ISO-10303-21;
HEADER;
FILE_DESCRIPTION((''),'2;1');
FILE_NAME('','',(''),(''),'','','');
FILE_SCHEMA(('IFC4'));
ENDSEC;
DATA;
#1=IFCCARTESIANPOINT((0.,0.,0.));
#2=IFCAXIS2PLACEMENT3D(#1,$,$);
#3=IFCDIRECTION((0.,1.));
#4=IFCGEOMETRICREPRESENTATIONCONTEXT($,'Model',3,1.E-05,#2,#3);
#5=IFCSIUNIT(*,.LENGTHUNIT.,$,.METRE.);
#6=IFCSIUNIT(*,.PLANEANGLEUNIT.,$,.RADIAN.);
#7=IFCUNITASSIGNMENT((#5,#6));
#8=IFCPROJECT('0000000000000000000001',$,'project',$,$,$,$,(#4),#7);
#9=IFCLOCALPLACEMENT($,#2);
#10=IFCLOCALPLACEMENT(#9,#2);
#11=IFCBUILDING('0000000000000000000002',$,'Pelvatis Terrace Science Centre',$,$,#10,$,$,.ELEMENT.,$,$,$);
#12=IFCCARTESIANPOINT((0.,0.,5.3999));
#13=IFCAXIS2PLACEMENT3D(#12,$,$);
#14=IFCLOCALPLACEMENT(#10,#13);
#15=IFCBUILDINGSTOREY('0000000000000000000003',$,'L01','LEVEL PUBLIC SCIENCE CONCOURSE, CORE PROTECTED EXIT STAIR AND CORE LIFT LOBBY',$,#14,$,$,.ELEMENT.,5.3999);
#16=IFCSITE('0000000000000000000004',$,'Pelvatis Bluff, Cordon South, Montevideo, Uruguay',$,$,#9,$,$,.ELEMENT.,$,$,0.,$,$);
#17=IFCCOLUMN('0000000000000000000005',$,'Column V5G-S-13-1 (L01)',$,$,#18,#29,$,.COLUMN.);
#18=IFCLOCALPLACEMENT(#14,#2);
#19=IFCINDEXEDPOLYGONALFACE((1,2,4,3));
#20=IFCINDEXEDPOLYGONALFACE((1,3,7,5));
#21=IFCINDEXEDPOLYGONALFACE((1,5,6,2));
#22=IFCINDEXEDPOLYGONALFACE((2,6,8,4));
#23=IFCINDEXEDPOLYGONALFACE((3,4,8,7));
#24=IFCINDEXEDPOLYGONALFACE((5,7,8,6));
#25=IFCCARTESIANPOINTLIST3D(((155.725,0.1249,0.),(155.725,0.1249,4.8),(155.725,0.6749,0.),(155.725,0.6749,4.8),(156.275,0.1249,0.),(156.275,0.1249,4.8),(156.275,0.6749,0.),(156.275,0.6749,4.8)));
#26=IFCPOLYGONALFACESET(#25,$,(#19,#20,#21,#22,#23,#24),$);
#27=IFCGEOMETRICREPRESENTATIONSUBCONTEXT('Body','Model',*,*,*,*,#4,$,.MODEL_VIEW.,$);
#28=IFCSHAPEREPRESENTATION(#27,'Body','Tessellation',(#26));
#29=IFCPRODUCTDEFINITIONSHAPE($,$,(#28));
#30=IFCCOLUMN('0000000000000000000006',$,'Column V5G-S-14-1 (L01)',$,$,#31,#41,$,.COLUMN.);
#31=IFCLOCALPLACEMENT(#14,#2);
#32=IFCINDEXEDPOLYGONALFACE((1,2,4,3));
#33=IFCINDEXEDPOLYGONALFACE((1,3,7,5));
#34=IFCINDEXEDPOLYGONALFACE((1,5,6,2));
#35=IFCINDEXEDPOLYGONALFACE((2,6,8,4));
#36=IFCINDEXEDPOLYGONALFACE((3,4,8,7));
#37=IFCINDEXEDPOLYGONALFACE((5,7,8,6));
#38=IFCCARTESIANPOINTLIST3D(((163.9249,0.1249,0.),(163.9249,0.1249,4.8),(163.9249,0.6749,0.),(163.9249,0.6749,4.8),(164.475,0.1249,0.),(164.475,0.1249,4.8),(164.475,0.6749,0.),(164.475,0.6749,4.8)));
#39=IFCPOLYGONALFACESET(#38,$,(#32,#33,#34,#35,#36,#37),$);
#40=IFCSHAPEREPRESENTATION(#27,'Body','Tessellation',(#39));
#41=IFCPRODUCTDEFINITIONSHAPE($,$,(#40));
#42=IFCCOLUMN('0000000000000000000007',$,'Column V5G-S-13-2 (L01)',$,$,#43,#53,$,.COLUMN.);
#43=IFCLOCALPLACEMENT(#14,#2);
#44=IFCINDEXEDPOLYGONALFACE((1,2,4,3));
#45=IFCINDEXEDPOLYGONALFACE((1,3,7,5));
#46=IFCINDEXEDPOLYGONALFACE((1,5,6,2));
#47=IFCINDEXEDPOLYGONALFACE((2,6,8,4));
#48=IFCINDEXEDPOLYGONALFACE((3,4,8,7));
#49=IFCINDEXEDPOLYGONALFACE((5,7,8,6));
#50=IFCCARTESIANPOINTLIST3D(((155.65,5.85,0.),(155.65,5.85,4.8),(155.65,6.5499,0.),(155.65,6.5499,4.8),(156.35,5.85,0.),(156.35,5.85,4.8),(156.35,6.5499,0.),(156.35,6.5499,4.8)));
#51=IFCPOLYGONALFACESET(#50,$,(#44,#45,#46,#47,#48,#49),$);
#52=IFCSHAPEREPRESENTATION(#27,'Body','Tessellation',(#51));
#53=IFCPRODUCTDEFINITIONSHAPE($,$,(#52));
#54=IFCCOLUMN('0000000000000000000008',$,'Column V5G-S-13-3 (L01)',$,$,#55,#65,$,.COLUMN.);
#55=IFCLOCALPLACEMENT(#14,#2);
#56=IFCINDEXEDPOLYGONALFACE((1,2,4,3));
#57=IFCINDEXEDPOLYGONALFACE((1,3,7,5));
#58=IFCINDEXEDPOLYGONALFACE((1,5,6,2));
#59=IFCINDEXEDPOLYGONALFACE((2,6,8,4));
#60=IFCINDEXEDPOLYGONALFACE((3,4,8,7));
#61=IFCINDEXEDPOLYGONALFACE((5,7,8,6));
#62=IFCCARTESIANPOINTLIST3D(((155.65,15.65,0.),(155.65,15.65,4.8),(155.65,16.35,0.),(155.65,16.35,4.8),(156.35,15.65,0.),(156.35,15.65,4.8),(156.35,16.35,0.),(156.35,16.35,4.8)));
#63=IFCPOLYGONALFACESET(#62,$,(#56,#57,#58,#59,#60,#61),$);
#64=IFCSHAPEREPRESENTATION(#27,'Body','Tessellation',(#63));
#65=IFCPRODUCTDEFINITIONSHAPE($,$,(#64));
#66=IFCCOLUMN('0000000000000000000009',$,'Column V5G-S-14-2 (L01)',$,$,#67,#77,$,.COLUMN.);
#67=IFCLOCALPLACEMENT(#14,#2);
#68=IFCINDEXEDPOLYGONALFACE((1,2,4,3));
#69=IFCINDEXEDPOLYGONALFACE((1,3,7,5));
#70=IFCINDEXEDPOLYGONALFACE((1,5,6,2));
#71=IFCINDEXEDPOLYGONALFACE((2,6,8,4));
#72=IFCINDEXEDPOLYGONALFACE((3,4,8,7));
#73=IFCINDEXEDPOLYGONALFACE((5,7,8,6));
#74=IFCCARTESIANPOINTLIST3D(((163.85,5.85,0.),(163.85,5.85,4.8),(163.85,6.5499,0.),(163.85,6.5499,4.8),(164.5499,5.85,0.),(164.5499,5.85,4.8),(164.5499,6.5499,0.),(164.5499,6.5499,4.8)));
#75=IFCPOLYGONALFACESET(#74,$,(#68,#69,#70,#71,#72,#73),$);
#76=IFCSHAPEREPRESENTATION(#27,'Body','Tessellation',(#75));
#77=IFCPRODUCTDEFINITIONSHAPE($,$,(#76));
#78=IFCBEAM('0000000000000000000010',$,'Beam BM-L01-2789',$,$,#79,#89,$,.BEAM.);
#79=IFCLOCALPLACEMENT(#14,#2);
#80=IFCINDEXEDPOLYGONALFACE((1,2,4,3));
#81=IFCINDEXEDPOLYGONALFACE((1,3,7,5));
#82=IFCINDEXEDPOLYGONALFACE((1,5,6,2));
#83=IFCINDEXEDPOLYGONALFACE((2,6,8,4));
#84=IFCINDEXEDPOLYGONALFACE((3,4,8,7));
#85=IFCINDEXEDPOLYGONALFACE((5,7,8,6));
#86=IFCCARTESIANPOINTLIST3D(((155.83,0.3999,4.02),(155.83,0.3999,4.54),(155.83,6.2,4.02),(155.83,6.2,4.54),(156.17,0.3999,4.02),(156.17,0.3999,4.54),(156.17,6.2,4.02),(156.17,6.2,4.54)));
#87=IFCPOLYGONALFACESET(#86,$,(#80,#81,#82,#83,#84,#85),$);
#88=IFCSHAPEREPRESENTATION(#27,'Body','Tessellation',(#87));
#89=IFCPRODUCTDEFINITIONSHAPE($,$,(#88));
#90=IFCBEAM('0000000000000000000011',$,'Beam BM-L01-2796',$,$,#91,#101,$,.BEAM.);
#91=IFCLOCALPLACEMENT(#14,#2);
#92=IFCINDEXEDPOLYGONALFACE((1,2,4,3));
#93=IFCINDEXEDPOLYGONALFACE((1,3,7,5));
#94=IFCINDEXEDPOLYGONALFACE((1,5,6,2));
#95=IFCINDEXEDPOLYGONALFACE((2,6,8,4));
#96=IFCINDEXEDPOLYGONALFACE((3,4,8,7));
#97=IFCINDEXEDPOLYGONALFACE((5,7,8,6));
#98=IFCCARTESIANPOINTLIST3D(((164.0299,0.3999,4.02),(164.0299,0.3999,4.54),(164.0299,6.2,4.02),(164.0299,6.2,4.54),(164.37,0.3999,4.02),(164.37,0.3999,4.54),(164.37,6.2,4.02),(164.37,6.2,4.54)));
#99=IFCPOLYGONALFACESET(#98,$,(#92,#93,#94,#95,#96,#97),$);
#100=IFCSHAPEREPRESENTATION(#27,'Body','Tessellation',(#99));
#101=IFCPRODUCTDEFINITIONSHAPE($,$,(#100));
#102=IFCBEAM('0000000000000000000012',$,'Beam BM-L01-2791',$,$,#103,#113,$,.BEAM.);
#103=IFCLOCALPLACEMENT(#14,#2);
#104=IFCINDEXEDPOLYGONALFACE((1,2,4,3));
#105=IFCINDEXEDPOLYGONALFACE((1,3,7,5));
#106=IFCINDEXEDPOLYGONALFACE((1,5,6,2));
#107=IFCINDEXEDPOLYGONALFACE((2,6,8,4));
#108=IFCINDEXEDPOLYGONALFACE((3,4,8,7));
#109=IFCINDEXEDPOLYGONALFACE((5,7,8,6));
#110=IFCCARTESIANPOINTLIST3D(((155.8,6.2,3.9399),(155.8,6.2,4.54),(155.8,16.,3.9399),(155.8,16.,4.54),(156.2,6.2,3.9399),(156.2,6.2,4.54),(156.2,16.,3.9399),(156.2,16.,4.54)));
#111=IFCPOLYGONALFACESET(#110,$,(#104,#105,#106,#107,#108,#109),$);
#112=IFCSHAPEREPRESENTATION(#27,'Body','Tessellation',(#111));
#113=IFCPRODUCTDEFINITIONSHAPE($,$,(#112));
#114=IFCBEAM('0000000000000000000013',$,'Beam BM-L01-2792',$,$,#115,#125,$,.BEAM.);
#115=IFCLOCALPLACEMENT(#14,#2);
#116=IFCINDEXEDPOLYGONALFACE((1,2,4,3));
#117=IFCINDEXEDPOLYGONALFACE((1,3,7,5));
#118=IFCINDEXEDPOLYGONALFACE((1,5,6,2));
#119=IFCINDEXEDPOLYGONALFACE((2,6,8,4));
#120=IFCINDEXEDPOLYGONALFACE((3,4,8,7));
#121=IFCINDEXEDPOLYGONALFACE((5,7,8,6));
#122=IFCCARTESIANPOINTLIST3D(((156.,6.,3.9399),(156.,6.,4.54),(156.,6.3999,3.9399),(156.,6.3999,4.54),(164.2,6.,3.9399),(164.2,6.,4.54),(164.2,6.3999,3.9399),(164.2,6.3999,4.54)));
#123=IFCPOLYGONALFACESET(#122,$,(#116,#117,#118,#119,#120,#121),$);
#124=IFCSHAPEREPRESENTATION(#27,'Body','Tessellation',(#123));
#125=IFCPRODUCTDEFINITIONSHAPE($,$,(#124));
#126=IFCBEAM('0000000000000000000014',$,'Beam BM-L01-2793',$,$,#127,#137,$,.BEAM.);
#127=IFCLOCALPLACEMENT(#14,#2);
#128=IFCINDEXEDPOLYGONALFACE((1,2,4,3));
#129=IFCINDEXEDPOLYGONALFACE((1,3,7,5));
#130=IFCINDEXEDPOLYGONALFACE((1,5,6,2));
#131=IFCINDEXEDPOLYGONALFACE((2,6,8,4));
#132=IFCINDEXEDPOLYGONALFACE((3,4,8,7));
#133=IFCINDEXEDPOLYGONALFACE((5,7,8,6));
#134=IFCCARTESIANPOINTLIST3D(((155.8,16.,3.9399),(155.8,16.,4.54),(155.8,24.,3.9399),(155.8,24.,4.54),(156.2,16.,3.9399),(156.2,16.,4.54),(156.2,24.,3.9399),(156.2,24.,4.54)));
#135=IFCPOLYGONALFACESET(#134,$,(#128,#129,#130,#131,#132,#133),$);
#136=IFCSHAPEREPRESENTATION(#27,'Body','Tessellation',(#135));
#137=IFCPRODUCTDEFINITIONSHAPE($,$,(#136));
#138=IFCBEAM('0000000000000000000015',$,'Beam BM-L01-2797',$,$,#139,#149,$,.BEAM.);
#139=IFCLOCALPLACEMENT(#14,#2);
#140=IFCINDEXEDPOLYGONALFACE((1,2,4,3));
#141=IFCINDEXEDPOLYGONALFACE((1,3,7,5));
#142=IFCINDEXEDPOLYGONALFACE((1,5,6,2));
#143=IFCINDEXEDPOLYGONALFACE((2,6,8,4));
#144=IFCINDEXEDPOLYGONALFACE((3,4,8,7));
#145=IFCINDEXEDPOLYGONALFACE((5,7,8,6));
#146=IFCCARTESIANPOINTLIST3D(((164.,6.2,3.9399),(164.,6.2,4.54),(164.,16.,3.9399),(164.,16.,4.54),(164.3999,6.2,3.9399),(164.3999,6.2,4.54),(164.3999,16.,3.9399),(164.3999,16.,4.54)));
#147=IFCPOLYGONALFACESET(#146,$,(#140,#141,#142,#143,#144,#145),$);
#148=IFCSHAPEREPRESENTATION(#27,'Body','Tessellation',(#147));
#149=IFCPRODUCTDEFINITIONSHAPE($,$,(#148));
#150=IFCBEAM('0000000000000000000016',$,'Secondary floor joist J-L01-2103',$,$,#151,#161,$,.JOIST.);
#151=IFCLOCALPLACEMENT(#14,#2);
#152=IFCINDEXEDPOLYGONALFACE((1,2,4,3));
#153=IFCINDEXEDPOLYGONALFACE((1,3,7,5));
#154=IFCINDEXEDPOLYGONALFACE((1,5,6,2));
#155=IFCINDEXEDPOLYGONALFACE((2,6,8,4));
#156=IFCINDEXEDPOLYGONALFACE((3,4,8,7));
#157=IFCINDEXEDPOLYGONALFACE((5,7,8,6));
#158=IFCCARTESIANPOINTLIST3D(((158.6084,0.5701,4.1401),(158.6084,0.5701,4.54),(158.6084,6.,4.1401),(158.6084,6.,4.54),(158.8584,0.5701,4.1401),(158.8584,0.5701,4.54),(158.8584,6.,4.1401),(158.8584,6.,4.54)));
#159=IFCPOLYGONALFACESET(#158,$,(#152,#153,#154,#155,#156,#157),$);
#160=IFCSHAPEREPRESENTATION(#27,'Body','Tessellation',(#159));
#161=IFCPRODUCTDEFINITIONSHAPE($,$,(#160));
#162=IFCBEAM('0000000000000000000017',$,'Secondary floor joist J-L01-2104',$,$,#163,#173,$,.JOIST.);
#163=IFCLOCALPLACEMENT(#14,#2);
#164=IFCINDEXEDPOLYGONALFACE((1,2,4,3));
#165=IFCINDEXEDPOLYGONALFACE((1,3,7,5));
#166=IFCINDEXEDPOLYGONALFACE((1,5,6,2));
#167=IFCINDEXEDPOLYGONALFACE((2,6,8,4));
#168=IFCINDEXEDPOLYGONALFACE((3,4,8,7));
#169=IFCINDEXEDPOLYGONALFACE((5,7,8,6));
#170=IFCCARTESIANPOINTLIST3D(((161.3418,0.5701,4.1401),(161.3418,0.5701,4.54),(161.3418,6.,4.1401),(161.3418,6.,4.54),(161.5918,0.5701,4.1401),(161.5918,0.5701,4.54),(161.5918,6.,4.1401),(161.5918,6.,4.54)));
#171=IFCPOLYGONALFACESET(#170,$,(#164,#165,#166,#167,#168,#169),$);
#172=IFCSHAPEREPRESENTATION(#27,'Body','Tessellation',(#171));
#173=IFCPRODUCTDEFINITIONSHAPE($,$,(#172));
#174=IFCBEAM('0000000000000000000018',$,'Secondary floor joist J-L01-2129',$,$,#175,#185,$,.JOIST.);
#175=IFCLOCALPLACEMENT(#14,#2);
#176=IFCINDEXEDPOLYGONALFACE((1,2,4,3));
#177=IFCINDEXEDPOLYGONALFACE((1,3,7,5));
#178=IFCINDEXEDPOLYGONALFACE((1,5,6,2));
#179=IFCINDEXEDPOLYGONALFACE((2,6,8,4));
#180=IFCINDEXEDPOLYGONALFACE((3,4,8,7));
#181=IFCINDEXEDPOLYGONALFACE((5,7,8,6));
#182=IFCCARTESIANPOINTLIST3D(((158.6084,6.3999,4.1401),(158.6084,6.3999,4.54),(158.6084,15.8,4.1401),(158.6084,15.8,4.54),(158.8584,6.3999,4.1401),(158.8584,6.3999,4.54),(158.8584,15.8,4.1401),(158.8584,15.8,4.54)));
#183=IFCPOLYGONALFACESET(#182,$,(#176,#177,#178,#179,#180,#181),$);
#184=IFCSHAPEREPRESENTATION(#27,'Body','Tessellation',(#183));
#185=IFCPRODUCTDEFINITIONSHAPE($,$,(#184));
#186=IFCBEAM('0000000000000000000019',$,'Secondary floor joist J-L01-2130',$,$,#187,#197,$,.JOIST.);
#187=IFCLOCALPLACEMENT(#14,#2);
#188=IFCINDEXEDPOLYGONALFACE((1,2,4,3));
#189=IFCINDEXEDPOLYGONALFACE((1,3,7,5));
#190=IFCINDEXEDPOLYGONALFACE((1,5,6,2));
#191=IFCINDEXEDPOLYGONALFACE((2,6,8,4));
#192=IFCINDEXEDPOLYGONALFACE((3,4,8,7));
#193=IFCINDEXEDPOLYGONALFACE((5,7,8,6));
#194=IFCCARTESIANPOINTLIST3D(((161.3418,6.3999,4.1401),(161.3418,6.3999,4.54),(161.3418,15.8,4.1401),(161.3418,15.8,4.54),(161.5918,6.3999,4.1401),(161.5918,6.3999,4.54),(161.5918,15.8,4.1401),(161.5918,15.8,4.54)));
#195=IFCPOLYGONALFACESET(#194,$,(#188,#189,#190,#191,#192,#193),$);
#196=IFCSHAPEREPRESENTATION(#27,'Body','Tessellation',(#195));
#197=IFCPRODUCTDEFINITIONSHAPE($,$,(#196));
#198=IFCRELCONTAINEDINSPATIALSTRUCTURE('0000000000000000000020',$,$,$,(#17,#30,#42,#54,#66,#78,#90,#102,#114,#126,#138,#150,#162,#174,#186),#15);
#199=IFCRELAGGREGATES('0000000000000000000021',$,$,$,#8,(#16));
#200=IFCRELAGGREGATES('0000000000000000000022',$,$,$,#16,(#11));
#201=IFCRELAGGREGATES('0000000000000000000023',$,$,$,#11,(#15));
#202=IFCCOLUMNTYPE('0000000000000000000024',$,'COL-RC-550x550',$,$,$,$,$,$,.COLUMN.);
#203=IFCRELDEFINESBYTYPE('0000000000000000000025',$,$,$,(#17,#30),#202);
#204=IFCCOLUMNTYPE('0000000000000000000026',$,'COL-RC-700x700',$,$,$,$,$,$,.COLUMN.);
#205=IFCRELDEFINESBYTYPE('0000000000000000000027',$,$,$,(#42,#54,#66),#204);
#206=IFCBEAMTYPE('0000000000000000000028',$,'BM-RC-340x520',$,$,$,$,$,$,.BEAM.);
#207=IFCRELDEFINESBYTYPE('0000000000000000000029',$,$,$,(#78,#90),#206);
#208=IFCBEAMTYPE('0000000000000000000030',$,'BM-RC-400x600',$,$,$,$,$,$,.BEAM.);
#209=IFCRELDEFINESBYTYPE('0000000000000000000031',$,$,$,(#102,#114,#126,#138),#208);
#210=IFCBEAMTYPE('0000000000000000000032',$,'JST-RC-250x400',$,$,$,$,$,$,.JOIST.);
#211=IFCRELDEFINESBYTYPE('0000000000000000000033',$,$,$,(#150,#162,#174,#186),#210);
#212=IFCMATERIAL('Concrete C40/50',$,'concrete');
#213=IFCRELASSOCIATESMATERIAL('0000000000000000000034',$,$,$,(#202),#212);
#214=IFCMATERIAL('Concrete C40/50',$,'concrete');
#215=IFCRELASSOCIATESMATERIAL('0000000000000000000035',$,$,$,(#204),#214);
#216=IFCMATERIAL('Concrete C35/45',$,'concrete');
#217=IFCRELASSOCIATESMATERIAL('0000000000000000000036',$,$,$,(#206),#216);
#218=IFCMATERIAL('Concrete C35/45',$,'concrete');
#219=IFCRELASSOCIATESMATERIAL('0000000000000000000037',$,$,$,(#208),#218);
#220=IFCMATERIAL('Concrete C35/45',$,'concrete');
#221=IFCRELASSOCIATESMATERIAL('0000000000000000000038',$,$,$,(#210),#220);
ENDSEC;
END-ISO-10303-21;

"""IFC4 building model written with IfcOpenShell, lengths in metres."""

from ifc_helpers import new_model, si_unit, direction, frame, origin, origin_2d, place, context, subcontext, project, spatial, rectangle, extrude, material, material_profile, profile_set, type_object, element, save


model = new_model("IFC4")

# Units and contexts
model_context = context("Model", 3, precision=1e-05, world=origin(), true_north=direction((0.0, 1.0)))
body_context = subcontext(model_context, "Body", "Model", "MODEL_VIEW")
ifc_project = project(units=[si_unit("LENGTHUNIT", "METRE"), si_unit("PLANEANGLEUNIT", "RADIAN")], contexts=[model_context])

# Site, building, storey
site_placement = place(None, origin())
site = spatial("IfcSite", under=ifc_project, at=site_placement, Name="Pelvatis Bluff, Cordon South, Montevideo, Uruguay", CompositionType="ELEMENT", RefElevation=0.0)
building_placement = place(site_placement, origin())
building = spatial("IfcBuilding", under=site, at=building_placement, Name="Pelvatis Terrace Science Centre", CompositionType="ELEMENT")
storey_placement = place(building_placement, frame((0.0, 0.0, 5.3999)))
storey = spatial("IfcBuildingStorey", under=building, at=storey_placement, Name="L01", Description="LEVEL PUBLIC SCIENCE CONCOURSE, CORE PROTECTED EXIT STAIR AND CORE LIFT LOBBY", CompositionType="ELEMENT", Elevation=5.3999)

# Columns
ifc_material_1 = material(Name="Concrete C40/50", Category="concrete")
ifc_material_profile_1 = material_profile(ifc_material_1, rectangle(XDim=0.55, YDim=0.55, at=origin_2d()), Name="RC-COL 550x550")
ifc_profile_set_1 = profile_set([ifc_material_profile_1], Name="Concrete C40/50")
column_type_1 = type_object("IfcColumnType", Name="COL-RC-550x550", PredefinedType="COLUMN", material=ifc_profile_set_1)
for number, where, z_axis, x_axis, name in (
    (1, (156.0, 0.3999, 0.0), (0.0, 0.0, 1.0), (1.0, 0.0, 0.0), "Column V5G-S-13-1 (L01)"),
    (2, (164.2, 0.3999, 0.0), (0.0, 0.0, 1.0), (1.0, 0.0, 0.0), "Column V5G-S-14-1 (L01)"),
):
    element("IfcColumn", number, at=place(storey_placement, frame(where, z_axis=z_axis, x_axis=x_axis)), inside=storey, type_object=column_type_1, Name=name, PredefinedType="COLUMN", context=body_context, shape_type="SweptSolid", body=[
        extrude(rectangle(XDim=0.55, YDim=0.55, at=origin_2d()), origin(), (0.0, 0.0, 1.0), 4.8),
    ])
ifc_material_2 = material(Name="Concrete C40/50", Category="concrete")
ifc_material_profile_2 = material_profile(ifc_material_2, rectangle(XDim=0.7, YDim=0.7, at=origin_2d()), Name="RC-COL 700x700")
ifc_profile_set_2 = profile_set([ifc_material_profile_2], Name="Concrete C40/50")
column_type_2 = type_object("IfcColumnType", Name="COL-RC-700x700", PredefinedType="COLUMN", material=ifc_profile_set_2)
for number, where, z_axis, x_axis, name in (
    (3, (156.0, 6.2, 0.0), (0.0, 0.0, 1.0), (1.0, 0.0, 0.0), "Column V5G-S-13-2 (L01)"),
    (4, (156.0, 16.0, 0.0), (0.0, 0.0, 1.0), (1.0, 0.0, 0.0), "Column V5G-S-13-3 (L01)"),
    (5, (164.2, 6.2, 0.0), (0.0, 0.0, 1.0), (1.0, 0.0, 0.0), "Column V5G-S-14-2 (L01)"),
):
    element("IfcColumn", number, at=place(storey_placement, frame(where, z_axis=z_axis, x_axis=x_axis)), inside=storey, type_object=column_type_2, Name=name, PredefinedType="COLUMN", context=body_context, shape_type="SweptSolid", body=[
        extrude(rectangle(XDim=0.7, YDim=0.7, at=origin_2d()), origin(), (0.0, 0.0, 1.0), 4.8),
    ])

# Beams
ifc_material_3 = material(Name="Concrete C35/45", Category="concrete")
ifc_material_profile_3 = material_profile(ifc_material_3, rectangle(XDim=0.3401, YDim=0.52, at=origin_2d()), Name="RC-BM 340x520")
ifc_profile_set_3 = profile_set([ifc_material_profile_3], Name="Concrete C35/45")
beam_type_1 = type_object("IfcBeamType", Name="BM-RC-340x520", PredefinedType="BEAM", material=ifc_profile_set_3)
for number, where, z_axis, x_axis, name in (
    (6, (156.0, 0.3999, 4.28), (0.0, 1.0, 0.0), (-1.0, 0.0, 0.0), "Beam BM-L01-2789"),
    (7, (164.2, 0.3999, 4.28), (0.0, 1.0, 0.0), (-1.0, 0.0, 0.0), "Beam BM-L01-2796"),
):
    element("IfcBeam", number, at=place(storey_placement, frame(where, z_axis=z_axis, x_axis=x_axis)), inside=storey, type_object=beam_type_1, Name=name, PredefinedType="BEAM", context=body_context, shape_type="SweptSolid", body=[
        extrude(rectangle(XDim=0.3401, YDim=0.52, at=origin_2d()), origin(), (0.0, 0.0, 1.0), 5.8),
    ])
ifc_material_4 = material(Name="Concrete C35/45", Category="concrete")
ifc_material_profile_4 = material_profile(ifc_material_4, rectangle(XDim=0.3999, YDim=0.6001, at=origin_2d()), Name="RC-BM 400x600")
ifc_profile_set_4 = profile_set([ifc_material_profile_4], Name="Concrete C35/45")
beam_type_2 = type_object("IfcBeamType", Name="BM-RC-400x600", PredefinedType="BEAM", material=ifc_profile_set_4)
beam_1_placement = place(storey_placement, frame((156.0, 6.2, 4.24), z_axis=(0.0, 1.0, 0.0), x_axis=(-1.0, 0.0, 0.0)))
element("IfcBeam", 8, at=beam_1_placement, inside=storey, type_object=beam_type_2, Name="Beam BM-L01-2791", PredefinedType="BEAM", context=body_context, shape_type="SweptSolid", body=[
    extrude(rectangle(XDim=0.3999, YDim=0.6001, at=origin_2d()), origin(), (0.0, 0.0, 1.0), 9.8),
])
beam_2_placement = place(storey_placement, frame((156.0, 6.2, 4.24), z_axis=(1.0, 0.0, 0.0), x_axis=(0.0, 1.0, 0.0)))
element("IfcBeam", 9, at=beam_2_placement, inside=storey, type_object=beam_type_2, Name="Beam BM-L01-2792", PredefinedType="BEAM", context=body_context, shape_type="SweptSolid", body=[
    extrude(rectangle(XDim=0.3999, YDim=0.6001, at=origin_2d()), origin(), (0.0, 0.0, 1.0), 8.2),
])
beam_3_placement = place(storey_placement, frame((156.0, 16.0, 4.24), z_axis=(0.0, 1.0, 0.0), x_axis=(-1.0, 0.0, 0.0)))
element("IfcBeam", 10, at=beam_3_placement, inside=storey, type_object=beam_type_2, Name="Beam BM-L01-2793", PredefinedType="BEAM", context=body_context, shape_type="SweptSolid", body=[
    extrude(rectangle(XDim=0.3999, YDim=0.6001, at=origin_2d()), origin(), (0.0, 0.0, 1.0), 8.0),
])
beam_4_placement = place(storey_placement, frame((164.2, 6.2, 4.24), z_axis=(0.0, 1.0, 0.0), x_axis=(-1.0, 0.0, 0.0)))
element("IfcBeam", 11, at=beam_4_placement, inside=storey, type_object=beam_type_2, Name="Beam BM-L01-2797", PredefinedType="BEAM", context=body_context, shape_type="SweptSolid", body=[
    extrude(rectangle(XDim=0.3999, YDim=0.6001, at=origin_2d()), origin(), (0.0, 0.0, 1.0), 9.8),
])
ifc_material_5 = material(Name="Concrete C35/45", Category="concrete")
ifc_material_profile_5 = material_profile(ifc_material_5, rectangle(XDim=0.25, YDim=0.3999, at=origin_2d()), Name="RC-JST 250x400")
ifc_profile_set_5 = profile_set([ifc_material_profile_5], Name="Concrete C35/45")
beam_type_3 = type_object("IfcBeamType", Name="JST-RC-250x400", PredefinedType="JOIST", material=ifc_profile_set_5)
for number, where, z_axis, x_axis, name in (
    (12, (158.7334, 0.5701, 4.3401), (0.0, 1.0, 0.0), (-1.0, 0.0, 0.0), "Secondary floor joist J-L01-2103"),
    (13, (161.4668, 0.5701, 4.3401), (0.0, 1.0, 0.0), (-1.0, 0.0, 0.0), "Secondary floor joist J-L01-2104"),
):
    element("IfcBeam", number, at=place(storey_placement, frame(where, z_axis=z_axis, x_axis=x_axis)), inside=storey, type_object=beam_type_3, Name=name, PredefinedType="JOIST", context=body_context, shape_type="SweptSolid", body=[
        extrude(rectangle(XDim=0.25, YDim=0.3999, at=origin_2d()), origin(), (0.0, 0.0, 1.0), 5.4299),
    ])
for number, where, z_axis, x_axis, name in (
    (14, (158.7334, 6.3999, 4.3401), (0.0, 1.0, 0.0), (-1.0, 0.0, 0.0), "Secondary floor joist J-L01-2129"),
    (15, (161.4668, 6.3999, 4.3401), (0.0, 1.0, 0.0), (-1.0, 0.0, 0.0), "Secondary floor joist J-L01-2130"),
):
    element("IfcBeam", number, at=place(storey_placement, frame(where, z_axis=z_axis, x_axis=x_axis)), inside=storey, type_object=beam_type_3, Name=name, PredefinedType="JOIST", context=body_context, shape_type="SweptSolid", body=[
        extrude(rectangle(XDim=0.25, YDim=0.3999, at=origin_2d()), origin(), (0.0, 0.0, 1.0), 9.4001),
    ])

save(model, "model.ifc")
